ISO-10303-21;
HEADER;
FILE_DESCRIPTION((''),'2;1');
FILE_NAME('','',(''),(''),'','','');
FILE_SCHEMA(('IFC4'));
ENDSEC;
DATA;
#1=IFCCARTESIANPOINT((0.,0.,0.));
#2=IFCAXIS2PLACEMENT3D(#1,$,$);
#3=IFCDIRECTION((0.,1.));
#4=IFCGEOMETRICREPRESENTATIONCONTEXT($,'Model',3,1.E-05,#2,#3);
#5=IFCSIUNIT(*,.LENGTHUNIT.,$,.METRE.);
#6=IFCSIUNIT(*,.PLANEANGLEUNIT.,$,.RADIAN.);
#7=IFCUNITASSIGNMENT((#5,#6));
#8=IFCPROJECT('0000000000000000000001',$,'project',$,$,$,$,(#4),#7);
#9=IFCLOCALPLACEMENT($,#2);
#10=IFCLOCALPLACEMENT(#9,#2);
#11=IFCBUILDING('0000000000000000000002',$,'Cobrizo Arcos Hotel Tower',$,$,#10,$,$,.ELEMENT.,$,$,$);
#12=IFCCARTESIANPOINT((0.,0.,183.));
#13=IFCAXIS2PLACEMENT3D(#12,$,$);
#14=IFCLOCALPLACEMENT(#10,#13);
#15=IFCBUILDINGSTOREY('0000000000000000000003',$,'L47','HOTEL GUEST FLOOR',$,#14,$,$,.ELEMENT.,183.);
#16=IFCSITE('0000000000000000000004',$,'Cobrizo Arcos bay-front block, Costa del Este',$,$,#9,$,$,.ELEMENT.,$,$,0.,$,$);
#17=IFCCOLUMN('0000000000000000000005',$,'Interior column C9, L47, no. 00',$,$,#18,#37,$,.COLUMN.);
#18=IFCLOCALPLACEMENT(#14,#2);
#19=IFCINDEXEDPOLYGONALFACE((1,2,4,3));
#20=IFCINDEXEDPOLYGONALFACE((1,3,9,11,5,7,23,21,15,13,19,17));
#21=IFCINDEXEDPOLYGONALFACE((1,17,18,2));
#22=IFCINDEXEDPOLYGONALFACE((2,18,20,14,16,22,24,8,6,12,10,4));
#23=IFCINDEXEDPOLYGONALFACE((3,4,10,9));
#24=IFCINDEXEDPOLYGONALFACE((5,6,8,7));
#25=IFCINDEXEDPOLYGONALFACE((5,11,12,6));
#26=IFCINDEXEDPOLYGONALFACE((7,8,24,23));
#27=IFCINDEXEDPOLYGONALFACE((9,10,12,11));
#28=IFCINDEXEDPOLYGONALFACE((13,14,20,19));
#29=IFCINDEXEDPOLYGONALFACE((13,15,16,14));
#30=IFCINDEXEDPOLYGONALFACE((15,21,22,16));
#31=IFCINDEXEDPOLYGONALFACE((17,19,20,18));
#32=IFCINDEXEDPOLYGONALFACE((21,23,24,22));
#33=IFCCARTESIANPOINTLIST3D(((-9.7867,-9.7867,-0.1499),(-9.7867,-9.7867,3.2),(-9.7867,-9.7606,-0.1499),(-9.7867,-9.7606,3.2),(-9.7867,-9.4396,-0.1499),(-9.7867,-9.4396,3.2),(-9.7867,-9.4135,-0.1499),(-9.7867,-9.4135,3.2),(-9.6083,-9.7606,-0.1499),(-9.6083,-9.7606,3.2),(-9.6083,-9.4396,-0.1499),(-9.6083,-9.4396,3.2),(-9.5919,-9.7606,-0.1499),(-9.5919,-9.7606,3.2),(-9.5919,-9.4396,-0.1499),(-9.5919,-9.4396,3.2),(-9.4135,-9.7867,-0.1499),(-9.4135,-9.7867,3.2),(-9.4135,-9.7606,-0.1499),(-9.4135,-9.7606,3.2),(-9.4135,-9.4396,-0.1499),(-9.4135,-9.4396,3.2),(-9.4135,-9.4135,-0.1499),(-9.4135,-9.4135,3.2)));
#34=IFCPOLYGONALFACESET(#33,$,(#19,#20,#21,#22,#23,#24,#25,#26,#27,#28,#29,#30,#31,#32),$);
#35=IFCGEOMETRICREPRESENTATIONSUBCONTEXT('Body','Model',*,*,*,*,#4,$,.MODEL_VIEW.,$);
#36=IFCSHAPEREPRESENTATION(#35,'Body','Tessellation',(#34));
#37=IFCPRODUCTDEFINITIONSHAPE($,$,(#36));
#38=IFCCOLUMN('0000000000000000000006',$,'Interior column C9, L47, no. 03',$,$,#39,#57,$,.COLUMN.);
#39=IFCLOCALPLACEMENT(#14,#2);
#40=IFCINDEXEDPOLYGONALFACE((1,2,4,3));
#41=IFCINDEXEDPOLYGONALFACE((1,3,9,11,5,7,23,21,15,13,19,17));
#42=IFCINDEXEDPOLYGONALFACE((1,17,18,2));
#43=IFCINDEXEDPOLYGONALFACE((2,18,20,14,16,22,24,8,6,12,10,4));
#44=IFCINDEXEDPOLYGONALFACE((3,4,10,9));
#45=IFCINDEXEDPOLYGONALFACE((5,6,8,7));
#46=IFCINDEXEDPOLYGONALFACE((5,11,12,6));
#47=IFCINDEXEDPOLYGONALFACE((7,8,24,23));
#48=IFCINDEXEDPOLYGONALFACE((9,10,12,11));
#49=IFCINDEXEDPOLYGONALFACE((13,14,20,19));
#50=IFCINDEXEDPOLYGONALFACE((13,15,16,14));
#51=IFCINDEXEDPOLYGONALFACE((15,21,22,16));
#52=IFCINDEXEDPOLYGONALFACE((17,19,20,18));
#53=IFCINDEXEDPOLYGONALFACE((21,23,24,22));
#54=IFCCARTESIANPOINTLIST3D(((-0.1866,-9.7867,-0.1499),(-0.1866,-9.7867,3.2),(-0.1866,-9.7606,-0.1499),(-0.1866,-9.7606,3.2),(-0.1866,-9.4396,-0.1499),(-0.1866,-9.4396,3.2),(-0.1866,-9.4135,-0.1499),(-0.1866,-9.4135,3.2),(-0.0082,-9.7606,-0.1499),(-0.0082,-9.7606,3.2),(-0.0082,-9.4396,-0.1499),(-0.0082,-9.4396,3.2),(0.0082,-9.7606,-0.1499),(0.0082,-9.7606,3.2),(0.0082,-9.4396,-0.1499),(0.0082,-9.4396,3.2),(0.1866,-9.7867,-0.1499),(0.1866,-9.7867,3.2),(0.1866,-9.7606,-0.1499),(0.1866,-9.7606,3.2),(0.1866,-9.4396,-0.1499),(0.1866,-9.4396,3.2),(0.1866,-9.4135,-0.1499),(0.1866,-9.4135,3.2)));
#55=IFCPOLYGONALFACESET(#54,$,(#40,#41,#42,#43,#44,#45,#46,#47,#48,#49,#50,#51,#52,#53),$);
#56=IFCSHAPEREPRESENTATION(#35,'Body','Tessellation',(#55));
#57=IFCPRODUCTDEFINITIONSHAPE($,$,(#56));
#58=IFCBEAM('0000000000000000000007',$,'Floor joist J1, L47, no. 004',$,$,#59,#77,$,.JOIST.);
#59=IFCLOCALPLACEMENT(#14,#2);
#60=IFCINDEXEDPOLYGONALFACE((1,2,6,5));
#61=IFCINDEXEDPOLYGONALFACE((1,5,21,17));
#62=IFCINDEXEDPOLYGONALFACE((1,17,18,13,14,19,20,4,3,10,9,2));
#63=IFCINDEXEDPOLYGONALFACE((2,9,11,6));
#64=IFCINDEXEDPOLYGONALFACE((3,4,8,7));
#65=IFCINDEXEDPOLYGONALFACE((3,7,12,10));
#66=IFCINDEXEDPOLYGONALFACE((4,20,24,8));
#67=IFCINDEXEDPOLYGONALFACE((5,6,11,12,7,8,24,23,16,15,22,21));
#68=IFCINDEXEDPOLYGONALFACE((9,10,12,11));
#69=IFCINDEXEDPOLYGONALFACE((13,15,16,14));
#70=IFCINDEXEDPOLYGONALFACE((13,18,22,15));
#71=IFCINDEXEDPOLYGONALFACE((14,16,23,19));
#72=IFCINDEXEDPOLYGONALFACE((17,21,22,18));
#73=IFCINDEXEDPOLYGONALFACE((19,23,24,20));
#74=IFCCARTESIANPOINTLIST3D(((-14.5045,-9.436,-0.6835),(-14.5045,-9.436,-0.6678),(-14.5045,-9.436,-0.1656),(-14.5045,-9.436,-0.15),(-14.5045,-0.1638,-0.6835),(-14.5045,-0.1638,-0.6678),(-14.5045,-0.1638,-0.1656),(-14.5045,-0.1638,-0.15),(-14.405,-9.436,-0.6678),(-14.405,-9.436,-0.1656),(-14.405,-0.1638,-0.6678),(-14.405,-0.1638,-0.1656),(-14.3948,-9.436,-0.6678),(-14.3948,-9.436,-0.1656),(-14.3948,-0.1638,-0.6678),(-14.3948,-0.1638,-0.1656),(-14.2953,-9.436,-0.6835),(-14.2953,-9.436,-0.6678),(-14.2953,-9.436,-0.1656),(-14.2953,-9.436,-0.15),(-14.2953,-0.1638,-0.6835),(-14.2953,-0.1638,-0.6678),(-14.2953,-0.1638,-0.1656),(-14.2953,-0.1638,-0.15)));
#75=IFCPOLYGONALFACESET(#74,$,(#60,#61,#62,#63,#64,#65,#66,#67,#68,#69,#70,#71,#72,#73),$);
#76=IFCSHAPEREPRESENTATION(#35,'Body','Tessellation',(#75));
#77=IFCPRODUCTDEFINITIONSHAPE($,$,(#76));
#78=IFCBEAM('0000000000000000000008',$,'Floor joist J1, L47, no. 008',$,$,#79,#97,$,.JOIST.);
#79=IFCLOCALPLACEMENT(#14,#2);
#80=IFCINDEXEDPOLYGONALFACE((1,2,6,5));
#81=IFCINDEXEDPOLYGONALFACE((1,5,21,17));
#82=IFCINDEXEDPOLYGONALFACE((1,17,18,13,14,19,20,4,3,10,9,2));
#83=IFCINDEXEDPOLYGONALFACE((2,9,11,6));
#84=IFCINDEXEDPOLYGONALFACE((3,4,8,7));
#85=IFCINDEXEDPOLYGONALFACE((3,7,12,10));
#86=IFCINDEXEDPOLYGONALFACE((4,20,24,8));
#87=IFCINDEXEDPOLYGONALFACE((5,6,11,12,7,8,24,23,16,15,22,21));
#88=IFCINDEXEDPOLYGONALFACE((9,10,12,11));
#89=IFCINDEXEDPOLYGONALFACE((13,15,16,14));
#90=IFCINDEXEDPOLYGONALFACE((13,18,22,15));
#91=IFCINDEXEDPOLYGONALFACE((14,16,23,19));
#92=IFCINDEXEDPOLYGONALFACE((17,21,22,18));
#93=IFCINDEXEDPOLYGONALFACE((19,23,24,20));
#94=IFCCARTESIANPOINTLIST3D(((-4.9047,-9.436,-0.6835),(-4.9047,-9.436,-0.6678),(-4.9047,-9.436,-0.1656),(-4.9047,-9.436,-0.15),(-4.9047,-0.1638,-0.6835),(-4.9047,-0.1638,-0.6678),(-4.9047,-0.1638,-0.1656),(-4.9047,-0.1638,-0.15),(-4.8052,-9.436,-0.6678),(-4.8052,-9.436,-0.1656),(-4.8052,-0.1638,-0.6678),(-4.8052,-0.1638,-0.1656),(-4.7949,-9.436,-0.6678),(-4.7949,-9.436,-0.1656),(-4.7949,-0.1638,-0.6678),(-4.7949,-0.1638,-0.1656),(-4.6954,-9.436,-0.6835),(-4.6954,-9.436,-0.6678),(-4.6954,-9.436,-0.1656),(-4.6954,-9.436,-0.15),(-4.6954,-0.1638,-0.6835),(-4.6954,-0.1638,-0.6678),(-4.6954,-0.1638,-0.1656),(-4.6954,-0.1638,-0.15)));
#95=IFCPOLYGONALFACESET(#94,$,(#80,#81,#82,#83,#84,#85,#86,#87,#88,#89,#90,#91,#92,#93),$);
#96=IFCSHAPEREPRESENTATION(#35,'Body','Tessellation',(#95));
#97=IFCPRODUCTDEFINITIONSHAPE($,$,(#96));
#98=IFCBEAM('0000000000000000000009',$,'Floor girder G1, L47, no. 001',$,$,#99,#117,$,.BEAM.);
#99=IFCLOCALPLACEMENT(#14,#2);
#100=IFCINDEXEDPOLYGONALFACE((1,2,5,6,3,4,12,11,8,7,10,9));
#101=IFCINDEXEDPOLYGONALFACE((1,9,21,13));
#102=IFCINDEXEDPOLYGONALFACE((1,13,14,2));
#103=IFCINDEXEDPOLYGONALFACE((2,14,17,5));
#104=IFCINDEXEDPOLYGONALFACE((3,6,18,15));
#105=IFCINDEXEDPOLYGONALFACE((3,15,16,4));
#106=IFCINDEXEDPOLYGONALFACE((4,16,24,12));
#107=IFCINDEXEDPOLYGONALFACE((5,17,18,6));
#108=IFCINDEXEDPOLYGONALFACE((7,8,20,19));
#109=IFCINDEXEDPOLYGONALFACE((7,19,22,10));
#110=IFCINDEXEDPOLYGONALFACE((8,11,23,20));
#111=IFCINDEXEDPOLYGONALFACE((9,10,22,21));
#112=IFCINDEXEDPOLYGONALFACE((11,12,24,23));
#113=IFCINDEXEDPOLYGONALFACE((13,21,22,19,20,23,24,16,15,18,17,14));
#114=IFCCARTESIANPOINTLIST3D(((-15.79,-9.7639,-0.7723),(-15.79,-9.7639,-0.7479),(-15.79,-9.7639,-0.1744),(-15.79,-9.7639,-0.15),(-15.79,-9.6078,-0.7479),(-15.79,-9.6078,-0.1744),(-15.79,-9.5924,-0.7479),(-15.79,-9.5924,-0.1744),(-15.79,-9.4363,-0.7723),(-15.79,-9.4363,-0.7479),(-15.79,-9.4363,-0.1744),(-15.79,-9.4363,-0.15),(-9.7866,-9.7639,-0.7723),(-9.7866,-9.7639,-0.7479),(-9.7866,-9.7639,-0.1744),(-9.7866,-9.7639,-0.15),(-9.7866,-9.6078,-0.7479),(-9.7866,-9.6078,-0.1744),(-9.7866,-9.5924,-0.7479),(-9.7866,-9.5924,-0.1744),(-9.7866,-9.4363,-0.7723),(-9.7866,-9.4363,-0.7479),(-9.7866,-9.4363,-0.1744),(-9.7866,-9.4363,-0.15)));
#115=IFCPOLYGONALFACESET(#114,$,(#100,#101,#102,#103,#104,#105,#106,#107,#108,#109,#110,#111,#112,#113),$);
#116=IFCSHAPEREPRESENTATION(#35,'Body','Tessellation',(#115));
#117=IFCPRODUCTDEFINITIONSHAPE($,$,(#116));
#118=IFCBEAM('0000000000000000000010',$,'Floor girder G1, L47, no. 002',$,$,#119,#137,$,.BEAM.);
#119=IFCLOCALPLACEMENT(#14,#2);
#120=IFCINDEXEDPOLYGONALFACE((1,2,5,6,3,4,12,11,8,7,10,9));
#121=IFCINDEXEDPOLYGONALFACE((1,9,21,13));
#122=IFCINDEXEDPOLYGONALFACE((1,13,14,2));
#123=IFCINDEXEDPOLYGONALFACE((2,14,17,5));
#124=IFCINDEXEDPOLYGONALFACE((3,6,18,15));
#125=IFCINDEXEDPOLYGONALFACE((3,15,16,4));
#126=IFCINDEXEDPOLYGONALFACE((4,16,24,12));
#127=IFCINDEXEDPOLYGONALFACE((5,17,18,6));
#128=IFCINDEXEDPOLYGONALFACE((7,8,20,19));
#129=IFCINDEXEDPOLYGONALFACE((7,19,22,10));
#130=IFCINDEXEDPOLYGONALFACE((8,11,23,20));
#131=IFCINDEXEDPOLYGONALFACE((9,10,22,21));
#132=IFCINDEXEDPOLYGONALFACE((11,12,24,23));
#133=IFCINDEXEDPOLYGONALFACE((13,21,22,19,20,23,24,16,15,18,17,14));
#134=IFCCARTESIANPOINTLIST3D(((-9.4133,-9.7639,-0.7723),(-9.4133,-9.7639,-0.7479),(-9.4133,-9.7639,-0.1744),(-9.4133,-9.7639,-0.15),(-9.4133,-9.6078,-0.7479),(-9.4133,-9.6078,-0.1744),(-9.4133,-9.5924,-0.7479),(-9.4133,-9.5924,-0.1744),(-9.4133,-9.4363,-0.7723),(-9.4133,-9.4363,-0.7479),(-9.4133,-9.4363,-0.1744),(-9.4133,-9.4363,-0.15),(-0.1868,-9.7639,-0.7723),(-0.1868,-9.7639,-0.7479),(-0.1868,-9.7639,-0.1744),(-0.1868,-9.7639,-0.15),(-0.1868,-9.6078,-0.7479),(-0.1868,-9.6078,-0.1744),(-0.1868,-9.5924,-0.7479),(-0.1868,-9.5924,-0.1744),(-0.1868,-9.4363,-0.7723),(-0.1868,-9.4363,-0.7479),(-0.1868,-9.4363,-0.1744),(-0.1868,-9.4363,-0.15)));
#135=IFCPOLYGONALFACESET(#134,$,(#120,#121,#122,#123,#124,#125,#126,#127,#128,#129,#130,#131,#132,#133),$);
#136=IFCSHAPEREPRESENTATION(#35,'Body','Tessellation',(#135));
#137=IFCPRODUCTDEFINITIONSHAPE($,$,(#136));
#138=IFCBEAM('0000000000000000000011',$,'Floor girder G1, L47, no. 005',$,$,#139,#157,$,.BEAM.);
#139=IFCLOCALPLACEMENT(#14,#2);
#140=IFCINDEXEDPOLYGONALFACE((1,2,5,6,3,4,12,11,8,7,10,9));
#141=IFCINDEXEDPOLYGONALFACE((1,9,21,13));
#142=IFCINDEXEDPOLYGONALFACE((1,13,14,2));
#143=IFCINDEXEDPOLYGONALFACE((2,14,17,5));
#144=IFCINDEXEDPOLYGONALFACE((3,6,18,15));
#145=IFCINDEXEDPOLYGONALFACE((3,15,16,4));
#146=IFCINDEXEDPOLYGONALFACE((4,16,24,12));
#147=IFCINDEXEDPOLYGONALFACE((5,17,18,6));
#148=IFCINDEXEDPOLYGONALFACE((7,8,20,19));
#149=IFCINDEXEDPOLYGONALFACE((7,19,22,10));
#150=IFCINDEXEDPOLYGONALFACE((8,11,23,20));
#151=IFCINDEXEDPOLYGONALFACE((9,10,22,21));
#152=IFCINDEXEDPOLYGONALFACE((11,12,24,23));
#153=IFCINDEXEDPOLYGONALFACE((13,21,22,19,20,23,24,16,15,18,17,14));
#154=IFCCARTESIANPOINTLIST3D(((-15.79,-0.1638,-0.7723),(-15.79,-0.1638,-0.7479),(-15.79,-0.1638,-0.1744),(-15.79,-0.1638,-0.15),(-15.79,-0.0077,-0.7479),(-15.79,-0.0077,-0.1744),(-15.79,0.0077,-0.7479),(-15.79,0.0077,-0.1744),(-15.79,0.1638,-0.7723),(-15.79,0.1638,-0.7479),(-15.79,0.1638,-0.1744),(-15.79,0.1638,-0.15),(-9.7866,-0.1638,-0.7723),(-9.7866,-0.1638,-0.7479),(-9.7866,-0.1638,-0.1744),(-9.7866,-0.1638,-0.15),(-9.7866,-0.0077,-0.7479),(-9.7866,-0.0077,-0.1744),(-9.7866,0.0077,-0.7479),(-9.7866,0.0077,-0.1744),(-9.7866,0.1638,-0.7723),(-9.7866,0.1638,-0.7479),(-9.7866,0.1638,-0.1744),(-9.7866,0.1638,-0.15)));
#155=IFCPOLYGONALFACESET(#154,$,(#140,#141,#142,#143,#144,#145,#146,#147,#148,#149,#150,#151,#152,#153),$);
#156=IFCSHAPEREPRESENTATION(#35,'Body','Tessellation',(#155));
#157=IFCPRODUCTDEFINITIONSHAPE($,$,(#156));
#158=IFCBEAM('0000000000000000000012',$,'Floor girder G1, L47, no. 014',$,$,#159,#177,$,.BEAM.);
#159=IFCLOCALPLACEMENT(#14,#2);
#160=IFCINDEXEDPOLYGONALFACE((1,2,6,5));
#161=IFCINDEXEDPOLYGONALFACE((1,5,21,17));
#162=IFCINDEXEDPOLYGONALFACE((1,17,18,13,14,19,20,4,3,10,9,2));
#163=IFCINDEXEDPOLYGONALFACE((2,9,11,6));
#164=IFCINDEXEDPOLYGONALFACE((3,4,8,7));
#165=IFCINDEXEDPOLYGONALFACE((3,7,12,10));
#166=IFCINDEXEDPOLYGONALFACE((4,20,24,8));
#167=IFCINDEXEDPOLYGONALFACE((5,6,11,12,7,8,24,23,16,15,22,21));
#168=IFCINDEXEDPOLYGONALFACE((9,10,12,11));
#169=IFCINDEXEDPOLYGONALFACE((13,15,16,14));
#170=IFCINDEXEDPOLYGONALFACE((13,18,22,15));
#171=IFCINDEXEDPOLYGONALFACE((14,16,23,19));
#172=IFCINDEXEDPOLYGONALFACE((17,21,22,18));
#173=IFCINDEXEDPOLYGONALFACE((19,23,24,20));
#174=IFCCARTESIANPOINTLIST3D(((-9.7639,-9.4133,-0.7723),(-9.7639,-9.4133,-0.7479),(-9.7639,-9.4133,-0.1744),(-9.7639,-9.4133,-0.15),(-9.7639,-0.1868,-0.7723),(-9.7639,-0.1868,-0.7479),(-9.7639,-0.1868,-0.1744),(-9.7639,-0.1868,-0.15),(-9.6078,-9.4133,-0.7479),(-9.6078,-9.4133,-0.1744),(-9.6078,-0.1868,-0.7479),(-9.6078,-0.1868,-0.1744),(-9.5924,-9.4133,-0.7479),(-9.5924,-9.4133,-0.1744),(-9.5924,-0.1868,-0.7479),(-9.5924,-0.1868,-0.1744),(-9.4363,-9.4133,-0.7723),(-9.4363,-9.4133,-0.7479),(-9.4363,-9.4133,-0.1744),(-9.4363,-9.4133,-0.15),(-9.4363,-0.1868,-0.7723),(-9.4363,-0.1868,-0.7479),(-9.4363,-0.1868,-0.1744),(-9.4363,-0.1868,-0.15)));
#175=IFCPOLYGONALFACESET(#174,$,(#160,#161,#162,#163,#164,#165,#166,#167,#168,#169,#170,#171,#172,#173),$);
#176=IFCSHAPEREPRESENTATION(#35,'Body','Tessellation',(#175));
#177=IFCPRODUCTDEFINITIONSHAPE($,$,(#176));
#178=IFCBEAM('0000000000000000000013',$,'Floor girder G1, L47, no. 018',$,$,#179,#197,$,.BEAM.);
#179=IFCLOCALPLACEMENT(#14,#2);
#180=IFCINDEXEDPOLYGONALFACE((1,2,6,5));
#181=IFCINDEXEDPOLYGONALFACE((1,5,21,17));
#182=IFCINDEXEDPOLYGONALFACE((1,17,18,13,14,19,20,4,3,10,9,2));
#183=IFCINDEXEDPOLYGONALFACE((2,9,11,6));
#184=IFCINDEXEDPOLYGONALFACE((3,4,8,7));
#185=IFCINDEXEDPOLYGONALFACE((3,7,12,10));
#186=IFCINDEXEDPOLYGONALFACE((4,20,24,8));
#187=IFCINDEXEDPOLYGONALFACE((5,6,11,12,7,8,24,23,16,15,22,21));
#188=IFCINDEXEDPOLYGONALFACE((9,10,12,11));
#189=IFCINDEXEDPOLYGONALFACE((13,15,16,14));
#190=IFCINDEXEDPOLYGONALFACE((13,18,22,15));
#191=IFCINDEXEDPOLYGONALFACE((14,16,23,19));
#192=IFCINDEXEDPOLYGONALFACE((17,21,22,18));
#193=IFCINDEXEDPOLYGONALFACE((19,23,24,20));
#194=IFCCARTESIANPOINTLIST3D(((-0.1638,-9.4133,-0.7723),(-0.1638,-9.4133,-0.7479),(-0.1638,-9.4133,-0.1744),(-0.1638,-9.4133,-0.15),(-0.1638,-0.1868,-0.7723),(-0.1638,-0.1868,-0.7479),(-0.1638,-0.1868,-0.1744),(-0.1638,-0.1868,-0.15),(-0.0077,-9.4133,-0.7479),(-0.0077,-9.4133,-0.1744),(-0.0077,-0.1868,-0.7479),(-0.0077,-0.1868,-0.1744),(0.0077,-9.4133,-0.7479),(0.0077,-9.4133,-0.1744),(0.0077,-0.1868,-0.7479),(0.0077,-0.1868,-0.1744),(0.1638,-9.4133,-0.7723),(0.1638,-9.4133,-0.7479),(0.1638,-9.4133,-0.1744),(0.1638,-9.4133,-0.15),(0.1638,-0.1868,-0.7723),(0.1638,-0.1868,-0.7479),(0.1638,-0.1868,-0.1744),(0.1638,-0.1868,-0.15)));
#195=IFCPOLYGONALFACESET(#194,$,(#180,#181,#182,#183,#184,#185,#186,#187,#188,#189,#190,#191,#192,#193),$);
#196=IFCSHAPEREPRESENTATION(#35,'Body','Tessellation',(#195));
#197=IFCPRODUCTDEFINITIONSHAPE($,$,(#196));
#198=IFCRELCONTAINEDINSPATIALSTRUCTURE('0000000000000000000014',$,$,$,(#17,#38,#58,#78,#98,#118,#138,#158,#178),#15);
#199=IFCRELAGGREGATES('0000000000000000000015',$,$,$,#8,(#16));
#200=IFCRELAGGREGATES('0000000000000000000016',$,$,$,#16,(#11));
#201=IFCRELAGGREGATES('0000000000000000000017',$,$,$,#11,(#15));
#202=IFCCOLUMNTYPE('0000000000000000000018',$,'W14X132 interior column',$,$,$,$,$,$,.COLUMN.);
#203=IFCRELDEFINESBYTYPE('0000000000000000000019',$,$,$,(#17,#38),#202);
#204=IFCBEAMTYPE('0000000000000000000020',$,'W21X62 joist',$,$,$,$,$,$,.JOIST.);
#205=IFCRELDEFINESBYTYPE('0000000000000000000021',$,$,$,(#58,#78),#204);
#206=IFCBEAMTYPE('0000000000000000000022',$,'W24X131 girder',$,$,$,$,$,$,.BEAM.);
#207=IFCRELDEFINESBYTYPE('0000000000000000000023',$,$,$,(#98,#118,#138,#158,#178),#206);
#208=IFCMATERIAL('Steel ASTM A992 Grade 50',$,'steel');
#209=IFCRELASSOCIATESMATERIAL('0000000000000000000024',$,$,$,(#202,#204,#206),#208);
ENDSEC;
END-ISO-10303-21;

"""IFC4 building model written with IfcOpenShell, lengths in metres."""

from ifc_helpers import new_model, si_unit, direction, frame, origin, origin_2d, place, context, subcontext, project, spatial, i_section, extrude, material, material_profile, profile_set, type_object, element, save


model = new_model("IFC4")

# Units and contexts
model_context = context("Model", 3, precision=1e-05, world=origin(), true_north=direction((0.0, 1.0)))
body_context = subcontext(model_context, "Body", "Model", "MODEL_VIEW")
ifc_project = project(units=[si_unit("LENGTHUNIT", "METRE"), si_unit("PLANEANGLEUNIT", "RADIAN")], contexts=[model_context])

# Site, building, storey
site_placement = place(None, origin())
site = spatial("IfcSite", under=ifc_project, at=site_placement, Name="Cobrizo Arcos bay-front block, Costa del Este", CompositionType="ELEMENT", RefElevation=0.0)
building_placement = place(site_placement, origin())
building = spatial("IfcBuilding", under=site, at=building_placement, Name="Cobrizo Arcos Hotel Tower", CompositionType="ELEMENT")
storey_placement = place(building_placement, frame((0.0, 0.0, 183.0)))
storey = spatial("IfcBuildingStorey", under=building, at=storey_placement, Name="L47", Description="HOTEL GUEST FLOOR", CompositionType="ELEMENT", Elevation=183.0)

# Columns
ifc_material_1 = material(Name="Steel ASTM A992 Grade 50", Category="steel")
ifc_material_profile_1 = material_profile(ifc_material_1, i_section(OverallWidth=0.3733, OverallDepth=0.3733, WebThickness=0.0164, FlangeThickness=0.0261, at=origin_2d()), Name="W14X132")
ifc_profile_set_1 = profile_set([ifc_material_profile_1], Name="Steel ASTM A992 Grade 50")
column_type = type_object("IfcColumnType", Name="W14X132 interior column", PredefinedType="COLUMN", material=ifc_profile_set_1)
for number, where, z_axis, x_axis, name in (
    (1, (-9.6001, -9.6001, -0.1499), (0.0, 0.0, 1.0), (1.0, 0.0, 0.0), "Interior column C9, L47, no. 00"),
    (2, (0.0, -9.6001, -0.1499), (0.0, 0.0, 1.0), (1.0, 0.0, 0.0), "Interior column C9, L47, no. 03"),
):
    element("IfcColumn", number, at=place(storey_placement, frame(where, z_axis=z_axis, x_axis=x_axis)), inside=storey, type_object=column_type, Name=name, PredefinedType="COLUMN", context=body_context, shape_type="SweptSolid", body=[
        extrude(i_section(OverallWidth=0.3733, OverallDepth=0.3733, WebThickness=0.0164, FlangeThickness=0.0261, at=origin_2d()), origin(), (0.0, 0.0, 1.0), 3.3499),
    ])

# Beams
ifc_material_profile_2 = material_profile(ifc_material_1, i_section(OverallWidth=0.2092, OverallDepth=0.5334, WebThickness=0.0103, FlangeThickness=0.0156, at=origin_2d()), Name="W21X62")
ifc_profile_set_2 = profile_set([ifc_material_profile_2], Name="Steel ASTM A992 Grade 50")
beam_type_1 = type_object("IfcBeamType", Name="W21X62 joist", PredefinedType="JOIST", material=ifc_profile_set_2)
for number, where, z_axis, x_axis, name in (
    (3, (-14.3999, -9.436, -0.4167), (0.0, 1.0, 0.0), (-1.0, 0.0, 0.0), "Floor joist J1, L47, no. 004"),
    (4, (-4.8, -9.436, -0.4167), (0.0, 1.0, 0.0), (-1.0, 0.0, 0.0), "Floor joist J1, L47, no. 008"),
):
    element("IfcBeam", number, at=place(storey_placement, frame(where, z_axis=z_axis, x_axis=x_axis)), inside=storey, type_object=beam_type_1, Name=name, PredefinedType="JOIST", context=body_context, shape_type="SweptSolid", body=[
        extrude(i_section(OverallWidth=0.2092, OverallDepth=0.5334, WebThickness=0.0103, FlangeThickness=0.0156, at=origin_2d()), origin(), (0.0, 0.0, 1.0), 9.2722),
    ])
ifc_material_profile_3 = material_profile(ifc_material_1, i_section(OverallWidth=0.3276, OverallDepth=0.6223, WebThickness=0.0154, FlangeThickness=0.0244, at=origin_2d()), Name="W24X131")
ifc_profile_set_3 = profile_set([ifc_material_profile_3], Name="Steel ASTM A992 Grade 50")
beam_type_2 = type_object("IfcBeamType", Name="W24X131 girder", PredefinedType="BEAM", material=ifc_profile_set_3)
beam_1_placement = place(storey_placement, frame((-15.79, -9.6001, -0.4612), z_axis=(1.0, 0.0, 0.0), x_axis=(0.0, 1.0, 0.0)))
element("IfcBeam", 5, at=beam_1_placement, inside=storey, type_object=beam_type_2, Name="Floor girder G1, L47, no. 001", PredefinedType="BEAM", context=body_context, shape_type="SweptSolid", body=[
    extrude(i_section(OverallWidth=0.3276, OverallDepth=0.6223, WebThickness=0.0154, FlangeThickness=0.0244, at=origin_2d()), origin(), (0.0, 0.0, 1.0), 6.0034),
])
beam_2_placement = place(storey_placement, frame((-9.4133, -9.6001, -0.4612), z_axis=(1.0, 0.0, 0.0), x_axis=(0.0, 1.0, 0.0)))
element("IfcBeam", 6, at=beam_2_placement, inside=storey, type_object=beam_type_2, Name="Floor girder G1, L47, no. 002", PredefinedType="BEAM", context=body_context, shape_type="SweptSolid", body=[
    extrude(i_section(OverallWidth=0.3276, OverallDepth=0.6223, WebThickness=0.0154, FlangeThickness=0.0244, at=origin_2d()), origin(), (0.0, 0.0, 1.0), 9.2266),
])
beam_3_placement = place(storey_placement, frame((-15.79, 0.0, -0.4612), z_axis=(1.0, 0.0, 0.0), x_axis=(0.0, 1.0, 0.0)))
element("IfcBeam", 7, at=beam_3_placement, inside=storey, type_object=beam_type_2, Name="Floor girder G1, L47, no. 005", PredefinedType="BEAM", context=body_context, shape_type="SweptSolid", body=[
    extrude(i_section(OverallWidth=0.3276, OverallDepth=0.6223, WebThickness=0.0154, FlangeThickness=0.0244, at=origin_2d()), origin(), (0.0, 0.0, 1.0), 6.0034),
])
for number, where, z_axis, x_axis, name in (
    (8, (-9.6001, -9.4133, -0.4612), (0.0, 1.0, 0.0), (-1.0, 0.0, 0.0), "Floor girder G1, L47, no. 014"),
    (9, (0.0, -9.4133, -0.4612), (0.0, 1.0, 0.0), (-1.0, 0.0, 0.0), "Floor girder G1, L47, no. 018"),
):
    element("IfcBeam", number, at=place(storey_placement, frame(where, z_axis=z_axis, x_axis=x_axis)), inside=storey, type_object=beam_type_2, Name=name, PredefinedType="BEAM", context=body_context, shape_type="SweptSolid", body=[
        extrude(i_section(OverallWidth=0.3276, OverallDepth=0.6223, WebThickness=0.0154, FlangeThickness=0.0244, at=origin_2d()), origin(), (0.0, 0.0, 1.0), 9.2266),
    ])

save(model, "model.ifc")
